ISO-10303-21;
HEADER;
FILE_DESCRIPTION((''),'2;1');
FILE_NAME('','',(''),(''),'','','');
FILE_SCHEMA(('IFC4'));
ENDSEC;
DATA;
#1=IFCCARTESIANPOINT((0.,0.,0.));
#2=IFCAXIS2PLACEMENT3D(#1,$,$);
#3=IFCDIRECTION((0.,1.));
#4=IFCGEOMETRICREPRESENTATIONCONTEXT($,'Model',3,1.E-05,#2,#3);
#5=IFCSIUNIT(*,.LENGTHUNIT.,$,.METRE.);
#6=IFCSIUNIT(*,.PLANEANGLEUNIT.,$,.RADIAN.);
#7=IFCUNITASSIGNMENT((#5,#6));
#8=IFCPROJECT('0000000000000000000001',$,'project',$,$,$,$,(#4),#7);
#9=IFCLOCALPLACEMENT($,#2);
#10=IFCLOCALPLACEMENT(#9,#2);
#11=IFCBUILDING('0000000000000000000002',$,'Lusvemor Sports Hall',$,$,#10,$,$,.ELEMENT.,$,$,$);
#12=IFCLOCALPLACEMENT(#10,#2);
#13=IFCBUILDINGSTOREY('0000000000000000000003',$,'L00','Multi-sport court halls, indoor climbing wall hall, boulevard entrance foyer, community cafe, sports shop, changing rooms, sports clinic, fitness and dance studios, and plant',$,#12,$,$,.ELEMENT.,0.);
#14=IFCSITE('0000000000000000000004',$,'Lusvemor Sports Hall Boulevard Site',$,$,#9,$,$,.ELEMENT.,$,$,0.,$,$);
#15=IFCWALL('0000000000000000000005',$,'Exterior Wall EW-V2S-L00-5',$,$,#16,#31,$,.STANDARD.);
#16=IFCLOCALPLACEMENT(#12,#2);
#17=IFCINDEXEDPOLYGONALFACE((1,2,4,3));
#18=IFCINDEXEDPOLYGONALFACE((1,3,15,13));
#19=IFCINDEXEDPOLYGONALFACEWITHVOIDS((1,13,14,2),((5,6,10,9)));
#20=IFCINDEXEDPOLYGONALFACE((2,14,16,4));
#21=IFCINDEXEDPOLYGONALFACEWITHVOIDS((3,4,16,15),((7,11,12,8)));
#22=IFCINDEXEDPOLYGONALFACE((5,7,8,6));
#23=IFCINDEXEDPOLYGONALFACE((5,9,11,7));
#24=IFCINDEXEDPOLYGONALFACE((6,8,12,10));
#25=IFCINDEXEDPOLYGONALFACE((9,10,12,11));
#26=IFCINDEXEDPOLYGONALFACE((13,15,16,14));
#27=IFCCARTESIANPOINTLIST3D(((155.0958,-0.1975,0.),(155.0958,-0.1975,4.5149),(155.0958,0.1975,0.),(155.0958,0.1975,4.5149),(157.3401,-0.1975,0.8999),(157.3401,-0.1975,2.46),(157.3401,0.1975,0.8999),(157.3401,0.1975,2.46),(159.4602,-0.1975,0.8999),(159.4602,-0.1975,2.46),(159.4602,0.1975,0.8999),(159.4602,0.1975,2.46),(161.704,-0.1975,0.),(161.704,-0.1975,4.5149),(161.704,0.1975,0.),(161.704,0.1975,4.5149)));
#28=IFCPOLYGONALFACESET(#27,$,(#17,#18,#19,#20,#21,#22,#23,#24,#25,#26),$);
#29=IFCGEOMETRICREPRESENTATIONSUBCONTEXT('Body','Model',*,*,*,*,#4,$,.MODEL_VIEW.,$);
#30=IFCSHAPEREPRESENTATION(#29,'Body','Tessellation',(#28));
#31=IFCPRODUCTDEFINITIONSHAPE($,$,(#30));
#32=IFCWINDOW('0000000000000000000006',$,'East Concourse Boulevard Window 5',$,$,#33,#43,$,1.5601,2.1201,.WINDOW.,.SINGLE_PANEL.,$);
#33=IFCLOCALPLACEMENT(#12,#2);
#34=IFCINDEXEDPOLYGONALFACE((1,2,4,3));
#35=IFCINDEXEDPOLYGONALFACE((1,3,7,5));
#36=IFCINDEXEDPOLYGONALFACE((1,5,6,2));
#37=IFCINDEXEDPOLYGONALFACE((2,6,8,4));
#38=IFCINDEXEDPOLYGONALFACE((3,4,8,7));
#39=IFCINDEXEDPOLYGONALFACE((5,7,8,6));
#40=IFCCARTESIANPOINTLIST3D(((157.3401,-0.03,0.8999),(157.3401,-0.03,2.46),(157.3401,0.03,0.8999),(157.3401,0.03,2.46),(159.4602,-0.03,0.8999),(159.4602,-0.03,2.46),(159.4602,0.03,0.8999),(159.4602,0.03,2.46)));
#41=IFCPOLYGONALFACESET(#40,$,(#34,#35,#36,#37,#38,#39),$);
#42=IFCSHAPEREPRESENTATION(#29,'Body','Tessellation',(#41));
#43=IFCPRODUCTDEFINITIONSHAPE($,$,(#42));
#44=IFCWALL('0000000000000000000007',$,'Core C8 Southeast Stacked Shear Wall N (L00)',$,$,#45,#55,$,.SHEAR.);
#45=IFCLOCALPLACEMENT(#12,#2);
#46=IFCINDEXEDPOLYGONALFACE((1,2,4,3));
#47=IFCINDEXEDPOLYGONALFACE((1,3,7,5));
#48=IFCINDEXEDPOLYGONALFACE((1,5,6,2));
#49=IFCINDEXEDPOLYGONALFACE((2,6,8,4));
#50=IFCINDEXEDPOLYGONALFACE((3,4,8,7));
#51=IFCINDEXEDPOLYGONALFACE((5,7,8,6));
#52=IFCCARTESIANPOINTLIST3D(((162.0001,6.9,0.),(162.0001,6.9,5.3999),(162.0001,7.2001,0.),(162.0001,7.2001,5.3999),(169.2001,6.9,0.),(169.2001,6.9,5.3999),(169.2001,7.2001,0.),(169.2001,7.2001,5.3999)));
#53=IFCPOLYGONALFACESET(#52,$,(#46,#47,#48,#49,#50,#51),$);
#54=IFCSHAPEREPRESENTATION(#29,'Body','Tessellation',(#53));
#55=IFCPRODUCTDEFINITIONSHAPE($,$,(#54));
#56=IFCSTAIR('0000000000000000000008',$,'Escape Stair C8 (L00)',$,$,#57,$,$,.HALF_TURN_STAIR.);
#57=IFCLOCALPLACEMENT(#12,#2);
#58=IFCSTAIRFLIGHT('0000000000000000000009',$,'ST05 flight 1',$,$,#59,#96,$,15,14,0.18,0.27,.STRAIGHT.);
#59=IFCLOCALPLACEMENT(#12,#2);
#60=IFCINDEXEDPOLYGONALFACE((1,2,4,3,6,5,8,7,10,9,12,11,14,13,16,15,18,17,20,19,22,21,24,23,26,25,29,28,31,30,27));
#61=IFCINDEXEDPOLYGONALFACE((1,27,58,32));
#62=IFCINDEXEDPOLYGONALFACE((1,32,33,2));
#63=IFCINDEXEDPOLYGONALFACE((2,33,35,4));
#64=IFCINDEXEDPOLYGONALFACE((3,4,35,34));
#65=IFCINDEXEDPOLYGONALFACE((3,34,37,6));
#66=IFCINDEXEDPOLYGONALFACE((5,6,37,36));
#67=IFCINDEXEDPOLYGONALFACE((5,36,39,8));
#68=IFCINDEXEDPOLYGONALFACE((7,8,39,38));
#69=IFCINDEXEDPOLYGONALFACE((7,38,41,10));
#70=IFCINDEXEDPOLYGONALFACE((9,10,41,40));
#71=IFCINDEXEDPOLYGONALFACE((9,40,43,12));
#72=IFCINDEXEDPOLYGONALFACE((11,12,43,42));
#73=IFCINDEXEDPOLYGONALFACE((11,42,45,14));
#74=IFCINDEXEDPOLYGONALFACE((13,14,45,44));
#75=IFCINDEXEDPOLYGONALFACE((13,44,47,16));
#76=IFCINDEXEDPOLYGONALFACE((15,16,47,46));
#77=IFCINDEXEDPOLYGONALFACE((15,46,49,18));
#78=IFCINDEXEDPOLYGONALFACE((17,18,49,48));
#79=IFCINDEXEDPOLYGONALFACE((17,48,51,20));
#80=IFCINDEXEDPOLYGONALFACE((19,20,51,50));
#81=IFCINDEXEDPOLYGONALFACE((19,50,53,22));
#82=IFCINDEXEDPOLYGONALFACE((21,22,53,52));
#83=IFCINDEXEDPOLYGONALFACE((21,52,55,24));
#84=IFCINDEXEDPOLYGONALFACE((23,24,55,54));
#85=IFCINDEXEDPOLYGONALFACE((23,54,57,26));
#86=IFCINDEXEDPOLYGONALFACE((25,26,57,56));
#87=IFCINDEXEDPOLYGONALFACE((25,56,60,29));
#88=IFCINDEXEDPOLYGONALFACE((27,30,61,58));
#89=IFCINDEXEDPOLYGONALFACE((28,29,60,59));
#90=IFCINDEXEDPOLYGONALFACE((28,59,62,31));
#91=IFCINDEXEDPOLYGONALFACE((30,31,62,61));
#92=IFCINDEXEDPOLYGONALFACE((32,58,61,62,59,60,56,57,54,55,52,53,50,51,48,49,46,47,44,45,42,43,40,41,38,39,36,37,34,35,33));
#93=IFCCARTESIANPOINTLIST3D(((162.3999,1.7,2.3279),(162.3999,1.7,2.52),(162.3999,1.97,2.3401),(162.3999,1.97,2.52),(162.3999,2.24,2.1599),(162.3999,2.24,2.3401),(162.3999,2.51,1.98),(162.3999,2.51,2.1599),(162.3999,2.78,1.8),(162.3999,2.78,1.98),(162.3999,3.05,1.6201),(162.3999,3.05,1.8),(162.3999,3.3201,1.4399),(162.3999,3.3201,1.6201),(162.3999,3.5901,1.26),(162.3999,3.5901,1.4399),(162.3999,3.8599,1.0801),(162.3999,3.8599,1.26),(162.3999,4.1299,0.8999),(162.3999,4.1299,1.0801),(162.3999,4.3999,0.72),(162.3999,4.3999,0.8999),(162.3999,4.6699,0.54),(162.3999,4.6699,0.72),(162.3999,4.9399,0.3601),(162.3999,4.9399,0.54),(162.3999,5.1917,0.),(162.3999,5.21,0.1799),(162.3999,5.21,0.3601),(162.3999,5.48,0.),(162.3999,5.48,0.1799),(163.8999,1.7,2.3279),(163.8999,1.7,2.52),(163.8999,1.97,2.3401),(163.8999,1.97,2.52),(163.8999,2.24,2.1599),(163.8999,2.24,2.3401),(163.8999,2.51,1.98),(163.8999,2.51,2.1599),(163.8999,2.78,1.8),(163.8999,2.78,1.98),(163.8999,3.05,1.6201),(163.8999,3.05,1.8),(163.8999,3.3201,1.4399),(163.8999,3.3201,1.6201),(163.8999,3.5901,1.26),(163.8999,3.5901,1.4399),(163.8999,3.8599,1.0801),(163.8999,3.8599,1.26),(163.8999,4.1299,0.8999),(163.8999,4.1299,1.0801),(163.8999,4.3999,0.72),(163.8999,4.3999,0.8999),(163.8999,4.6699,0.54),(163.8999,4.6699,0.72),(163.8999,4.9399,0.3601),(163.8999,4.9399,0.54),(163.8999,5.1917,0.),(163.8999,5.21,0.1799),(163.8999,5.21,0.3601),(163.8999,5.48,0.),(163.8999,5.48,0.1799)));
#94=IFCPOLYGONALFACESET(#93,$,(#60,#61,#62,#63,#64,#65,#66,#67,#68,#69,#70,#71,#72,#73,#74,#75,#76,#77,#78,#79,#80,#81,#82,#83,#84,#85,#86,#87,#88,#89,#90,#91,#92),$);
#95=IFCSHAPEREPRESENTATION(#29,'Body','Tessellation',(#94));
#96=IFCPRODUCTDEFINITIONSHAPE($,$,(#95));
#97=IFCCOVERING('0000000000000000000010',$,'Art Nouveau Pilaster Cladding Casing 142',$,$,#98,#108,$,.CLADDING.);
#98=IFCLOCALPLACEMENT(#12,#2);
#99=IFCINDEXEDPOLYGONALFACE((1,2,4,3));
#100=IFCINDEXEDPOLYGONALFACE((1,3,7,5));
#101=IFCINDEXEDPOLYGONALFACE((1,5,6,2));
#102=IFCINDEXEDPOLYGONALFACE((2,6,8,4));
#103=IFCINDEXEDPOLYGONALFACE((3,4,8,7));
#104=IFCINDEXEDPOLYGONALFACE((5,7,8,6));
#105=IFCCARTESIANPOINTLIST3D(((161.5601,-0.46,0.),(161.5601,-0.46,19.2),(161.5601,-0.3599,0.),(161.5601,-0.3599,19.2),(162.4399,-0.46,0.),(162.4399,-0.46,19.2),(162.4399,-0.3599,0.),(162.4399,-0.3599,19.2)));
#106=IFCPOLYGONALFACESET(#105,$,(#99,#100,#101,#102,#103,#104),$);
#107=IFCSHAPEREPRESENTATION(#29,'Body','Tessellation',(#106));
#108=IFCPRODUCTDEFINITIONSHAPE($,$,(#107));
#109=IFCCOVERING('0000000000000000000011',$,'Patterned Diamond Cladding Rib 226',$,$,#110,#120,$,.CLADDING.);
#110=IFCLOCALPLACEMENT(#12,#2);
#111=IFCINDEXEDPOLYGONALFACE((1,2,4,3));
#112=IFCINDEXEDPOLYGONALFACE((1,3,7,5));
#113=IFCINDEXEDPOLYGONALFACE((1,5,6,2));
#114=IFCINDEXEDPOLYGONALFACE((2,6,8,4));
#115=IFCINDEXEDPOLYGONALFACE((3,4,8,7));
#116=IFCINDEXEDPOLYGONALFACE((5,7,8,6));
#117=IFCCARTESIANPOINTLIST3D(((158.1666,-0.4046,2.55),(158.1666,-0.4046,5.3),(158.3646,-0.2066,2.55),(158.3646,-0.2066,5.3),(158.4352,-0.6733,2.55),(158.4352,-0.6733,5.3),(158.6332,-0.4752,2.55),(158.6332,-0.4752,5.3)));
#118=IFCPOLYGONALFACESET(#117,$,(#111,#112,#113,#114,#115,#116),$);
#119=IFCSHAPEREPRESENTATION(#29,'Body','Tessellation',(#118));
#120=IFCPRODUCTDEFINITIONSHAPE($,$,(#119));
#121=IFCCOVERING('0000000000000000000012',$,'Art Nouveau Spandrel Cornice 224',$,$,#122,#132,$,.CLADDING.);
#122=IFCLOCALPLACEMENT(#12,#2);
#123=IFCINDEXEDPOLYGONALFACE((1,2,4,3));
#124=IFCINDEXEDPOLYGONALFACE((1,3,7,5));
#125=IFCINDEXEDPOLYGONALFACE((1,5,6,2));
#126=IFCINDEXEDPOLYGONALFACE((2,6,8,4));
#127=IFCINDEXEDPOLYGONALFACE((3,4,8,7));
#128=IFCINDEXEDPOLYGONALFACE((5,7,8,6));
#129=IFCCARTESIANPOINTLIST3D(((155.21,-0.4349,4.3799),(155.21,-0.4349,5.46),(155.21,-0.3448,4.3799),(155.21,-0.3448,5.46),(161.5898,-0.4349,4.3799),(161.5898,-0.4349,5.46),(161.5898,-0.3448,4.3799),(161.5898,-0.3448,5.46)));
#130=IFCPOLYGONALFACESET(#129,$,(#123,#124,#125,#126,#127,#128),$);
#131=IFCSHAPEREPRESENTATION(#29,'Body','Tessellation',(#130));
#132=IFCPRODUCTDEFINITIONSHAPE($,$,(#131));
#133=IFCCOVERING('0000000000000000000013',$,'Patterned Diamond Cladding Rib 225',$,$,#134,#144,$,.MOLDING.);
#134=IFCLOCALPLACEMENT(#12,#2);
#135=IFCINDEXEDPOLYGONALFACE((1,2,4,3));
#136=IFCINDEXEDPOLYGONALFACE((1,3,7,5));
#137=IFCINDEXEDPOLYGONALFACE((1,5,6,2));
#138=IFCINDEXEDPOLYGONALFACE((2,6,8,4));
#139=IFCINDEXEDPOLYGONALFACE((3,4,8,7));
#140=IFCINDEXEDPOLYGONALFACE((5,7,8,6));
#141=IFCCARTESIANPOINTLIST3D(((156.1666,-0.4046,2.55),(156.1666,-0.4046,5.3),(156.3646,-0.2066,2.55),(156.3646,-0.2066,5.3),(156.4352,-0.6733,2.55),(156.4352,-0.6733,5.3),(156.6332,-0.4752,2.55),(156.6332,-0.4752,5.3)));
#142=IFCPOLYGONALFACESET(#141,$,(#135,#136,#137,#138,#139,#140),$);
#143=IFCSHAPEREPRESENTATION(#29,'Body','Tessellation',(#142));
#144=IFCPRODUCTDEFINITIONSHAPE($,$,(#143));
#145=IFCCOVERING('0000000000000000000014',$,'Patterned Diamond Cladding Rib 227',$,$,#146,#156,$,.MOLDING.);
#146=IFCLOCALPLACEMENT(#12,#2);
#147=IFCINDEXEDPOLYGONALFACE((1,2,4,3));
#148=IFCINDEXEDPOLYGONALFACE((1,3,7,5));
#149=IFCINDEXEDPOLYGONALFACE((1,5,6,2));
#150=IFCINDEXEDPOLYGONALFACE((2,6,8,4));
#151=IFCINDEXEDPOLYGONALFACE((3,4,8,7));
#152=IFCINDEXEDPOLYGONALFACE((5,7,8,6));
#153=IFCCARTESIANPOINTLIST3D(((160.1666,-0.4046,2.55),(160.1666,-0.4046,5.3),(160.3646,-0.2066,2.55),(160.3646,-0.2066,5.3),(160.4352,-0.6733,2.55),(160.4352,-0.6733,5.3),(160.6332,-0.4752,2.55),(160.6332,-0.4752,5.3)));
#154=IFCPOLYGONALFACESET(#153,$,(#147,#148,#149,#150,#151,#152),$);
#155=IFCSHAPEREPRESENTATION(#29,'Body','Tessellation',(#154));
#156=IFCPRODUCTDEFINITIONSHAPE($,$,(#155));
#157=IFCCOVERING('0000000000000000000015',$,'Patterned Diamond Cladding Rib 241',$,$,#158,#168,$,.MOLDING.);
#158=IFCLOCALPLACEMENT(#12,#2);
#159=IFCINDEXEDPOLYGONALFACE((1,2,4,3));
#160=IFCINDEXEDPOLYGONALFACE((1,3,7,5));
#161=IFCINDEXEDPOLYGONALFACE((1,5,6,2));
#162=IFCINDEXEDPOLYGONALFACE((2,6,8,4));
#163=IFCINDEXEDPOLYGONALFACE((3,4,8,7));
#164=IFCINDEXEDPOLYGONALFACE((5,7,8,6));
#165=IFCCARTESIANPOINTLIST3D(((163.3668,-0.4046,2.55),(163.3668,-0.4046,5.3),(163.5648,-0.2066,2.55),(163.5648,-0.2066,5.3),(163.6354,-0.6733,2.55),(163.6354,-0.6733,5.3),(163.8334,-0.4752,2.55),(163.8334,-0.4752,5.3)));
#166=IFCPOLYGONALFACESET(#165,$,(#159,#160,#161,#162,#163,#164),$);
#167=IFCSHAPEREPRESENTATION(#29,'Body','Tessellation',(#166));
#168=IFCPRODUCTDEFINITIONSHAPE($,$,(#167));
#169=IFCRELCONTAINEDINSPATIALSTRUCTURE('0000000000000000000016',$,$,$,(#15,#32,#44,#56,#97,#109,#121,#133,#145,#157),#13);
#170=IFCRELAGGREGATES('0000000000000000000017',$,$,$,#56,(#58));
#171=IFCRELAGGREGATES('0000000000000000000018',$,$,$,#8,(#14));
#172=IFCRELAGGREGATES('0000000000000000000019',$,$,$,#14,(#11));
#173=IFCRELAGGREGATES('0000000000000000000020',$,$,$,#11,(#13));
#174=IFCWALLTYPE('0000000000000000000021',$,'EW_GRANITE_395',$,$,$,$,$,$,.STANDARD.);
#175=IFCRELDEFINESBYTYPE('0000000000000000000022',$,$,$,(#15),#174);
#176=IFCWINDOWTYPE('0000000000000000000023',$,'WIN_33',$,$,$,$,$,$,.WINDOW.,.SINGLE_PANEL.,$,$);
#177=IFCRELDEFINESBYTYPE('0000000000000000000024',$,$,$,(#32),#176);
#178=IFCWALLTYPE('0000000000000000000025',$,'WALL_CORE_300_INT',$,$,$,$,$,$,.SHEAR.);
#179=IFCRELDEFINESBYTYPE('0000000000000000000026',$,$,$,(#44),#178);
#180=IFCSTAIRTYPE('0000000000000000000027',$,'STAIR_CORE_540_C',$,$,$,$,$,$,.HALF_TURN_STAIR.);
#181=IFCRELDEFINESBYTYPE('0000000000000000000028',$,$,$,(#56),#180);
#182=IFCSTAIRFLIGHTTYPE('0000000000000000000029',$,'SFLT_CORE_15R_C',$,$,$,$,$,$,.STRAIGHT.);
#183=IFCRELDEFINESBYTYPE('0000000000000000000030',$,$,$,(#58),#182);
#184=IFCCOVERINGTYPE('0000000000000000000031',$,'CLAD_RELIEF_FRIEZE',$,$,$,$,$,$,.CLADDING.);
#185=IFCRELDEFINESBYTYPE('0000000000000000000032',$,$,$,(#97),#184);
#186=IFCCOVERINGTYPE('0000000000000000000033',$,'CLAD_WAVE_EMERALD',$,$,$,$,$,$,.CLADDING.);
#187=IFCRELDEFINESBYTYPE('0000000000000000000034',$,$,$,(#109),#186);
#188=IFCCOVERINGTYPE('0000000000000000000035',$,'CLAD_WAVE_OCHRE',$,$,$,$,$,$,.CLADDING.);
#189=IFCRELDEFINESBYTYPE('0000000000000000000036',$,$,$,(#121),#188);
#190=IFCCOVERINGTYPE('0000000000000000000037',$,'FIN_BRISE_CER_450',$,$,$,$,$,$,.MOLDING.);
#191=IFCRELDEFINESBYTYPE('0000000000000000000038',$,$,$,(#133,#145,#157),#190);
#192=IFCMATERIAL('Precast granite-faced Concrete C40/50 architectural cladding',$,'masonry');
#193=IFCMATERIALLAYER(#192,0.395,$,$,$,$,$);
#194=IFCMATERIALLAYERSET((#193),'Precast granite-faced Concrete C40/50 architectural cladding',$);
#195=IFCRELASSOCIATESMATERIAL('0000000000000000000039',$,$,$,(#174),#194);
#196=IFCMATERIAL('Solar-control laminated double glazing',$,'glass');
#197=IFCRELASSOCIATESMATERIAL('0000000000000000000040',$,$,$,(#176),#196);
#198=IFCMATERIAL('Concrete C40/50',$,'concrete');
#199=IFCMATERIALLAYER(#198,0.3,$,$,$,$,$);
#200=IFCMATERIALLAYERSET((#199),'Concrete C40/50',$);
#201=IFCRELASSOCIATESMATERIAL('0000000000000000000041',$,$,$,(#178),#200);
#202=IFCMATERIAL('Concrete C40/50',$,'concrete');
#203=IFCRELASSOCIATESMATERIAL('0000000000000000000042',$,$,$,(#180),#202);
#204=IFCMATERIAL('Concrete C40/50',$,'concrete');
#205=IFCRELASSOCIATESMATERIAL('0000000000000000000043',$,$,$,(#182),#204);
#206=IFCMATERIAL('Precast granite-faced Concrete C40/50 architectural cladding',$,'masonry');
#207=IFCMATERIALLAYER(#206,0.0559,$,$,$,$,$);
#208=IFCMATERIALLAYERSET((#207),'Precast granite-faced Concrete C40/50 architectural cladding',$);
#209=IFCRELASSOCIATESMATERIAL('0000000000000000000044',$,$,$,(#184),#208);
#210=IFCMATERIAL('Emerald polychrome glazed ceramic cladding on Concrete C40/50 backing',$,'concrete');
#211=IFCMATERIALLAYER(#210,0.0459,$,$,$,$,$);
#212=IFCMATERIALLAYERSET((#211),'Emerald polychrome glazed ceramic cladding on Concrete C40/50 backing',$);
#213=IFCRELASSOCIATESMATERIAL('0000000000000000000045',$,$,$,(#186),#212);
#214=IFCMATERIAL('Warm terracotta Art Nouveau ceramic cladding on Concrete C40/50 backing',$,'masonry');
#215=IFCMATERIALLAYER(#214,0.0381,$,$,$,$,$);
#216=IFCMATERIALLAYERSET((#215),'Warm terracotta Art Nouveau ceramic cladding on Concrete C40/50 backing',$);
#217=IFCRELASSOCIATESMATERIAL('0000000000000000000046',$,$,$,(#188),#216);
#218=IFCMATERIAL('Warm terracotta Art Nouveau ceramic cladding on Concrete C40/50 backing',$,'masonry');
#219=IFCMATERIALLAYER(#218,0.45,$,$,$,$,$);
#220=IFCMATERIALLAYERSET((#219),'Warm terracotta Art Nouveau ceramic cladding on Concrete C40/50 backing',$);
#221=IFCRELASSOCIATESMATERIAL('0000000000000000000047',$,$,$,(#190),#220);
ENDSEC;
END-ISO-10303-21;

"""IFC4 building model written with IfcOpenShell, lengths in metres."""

from ifc_helpers import new_model, si_unit, direction, frame, frame_2d, origin, origin_2d, place, context, subcontext, project, spatial, polyline, rectangle, outline, extrude, material, layer, layer_set, type_object, element, fill, aggregate, save


model = new_model("IFC4")

# Units and contexts
model_context = context("Model", 3, precision=1e-05, world=origin(), true_north=direction((0.0, 1.0)))
body_context = subcontext(model_context, "Body", "Model", "MODEL_VIEW")
ifc_project = project(units=[si_unit("LENGTHUNIT", "METRE"), si_unit("PLANEANGLEUNIT", "RADIAN")], contexts=[model_context])

# Site, building, storey
site_placement = place(None, origin())
site = spatial("IfcSite", under=ifc_project, at=site_placement, Name="Lusvemor Sports Hall Boulevard Site", CompositionType="ELEMENT", RefElevation=0.0)
building_placement = place(site_placement, origin())
building = spatial("IfcBuilding", under=site, at=building_placement, Name="Lusvemor Sports Hall", CompositionType="ELEMENT")
storey_placement = place(building_placement, origin())
storey = spatial("IfcBuildingStorey", under=building, at=storey_placement, Name="L00", Description="Multi-sport court halls, indoor climbing wall hall, boulevard entrance foyer, community cafe, sports shop, changing rooms, sports clinic, fitness and dance studios, and plant", CompositionType="ELEMENT", Elevation=0.0)

# Wall, opening, window
ifc_material_1 = material(Name="Precast granite-faced Concrete C40/50 architectural cladding", Category="masonry")
ifc_layer_1 = layer(ifc_material_1, 0.395)
ifc_layer_set_1 = layer_set([ifc_layer_1], Name="Precast granite-faced Concrete C40/50 architectural cladding")
wall_type_1 = type_object("IfcWallType", Name="EW_GRANITE_395", PredefinedType="STANDARD", material=ifc_layer_set_1)
wall_1_placement = place(storey_placement, frame((161.7041, 0.0, 0.0), z_axis=(0.0, 0.0, 1.0), x_axis=(-1.0, 0.0, 0.0)))
wall_1 = element("IfcWall", 1, at=wall_1_placement, inside=storey, type_object=wall_type_1, Name="Exterior Wall EW-V2S-L00-5", PredefinedType="STANDARD", context=body_context, shape_type="SweptSolid", body=[
    extrude(rectangle(XDim=6.6082, YDim=0.395, at=frame_2d((3.3042, 0.0))), origin(), (0.0, 0.0, 1.0), 4.5149),
])
opening_1_placement = place(wall_1_placement, frame((2.2439, 0.0, 0.8999)))
opening_1 = element("IfcOpeningElement", 2, at=opening_1_placement, cuts=wall_1, PredefinedType="OPENING", context=body_context, shape_type="SweptSolid", body=[
    extrude(rectangle(XDim=2.1201, YDim=1.5601, at=frame_2d((1.0601, 0.78))), frame((0.0, 0.1975, 0.0), z_axis=(0.0, -1.0, 0.0), x_axis=(1.0, 0.0, 0.0)), (0.0, 0.0, 1.0), 0.395),
])
ifc_material_2 = material(Name="Solar-control laminated double glazing", Category="glass")
window_type = type_object("IfcWindowType", Name="WIN_33", PartitioningType="SINGLE_PANEL", PredefinedType="WINDOW", material=ifc_material_2)
window_placement = place(opening_1_placement, origin())
window = element("IfcWindow", 3, at=window_placement, inside=storey, type_object=window_type, Name="East Concourse Boulevard Window 5", OverallHeight=1.5601, OverallWidth=2.1201, PartitioningType="SINGLE_PANEL", PredefinedType="WINDOW", context=body_context, shape_type="SweptSolid", body=[
    extrude(rectangle(XDim=2.1201, YDim=1.5601, at=frame_2d((1.0601, 0.78))), frame((0.0, 0.03, 0.0), z_axis=(0.0, -1.0, 0.0), x_axis=(1.0, 0.0, 0.0)), (0.0, 0.0, 1.0), 0.0601),
])
fill(opening_1, window)

# Wall
ifc_material_3 = material(Name="Concrete C40/50", Category="concrete")
ifc_layer_2 = layer(ifc_material_3, 0.3)
ifc_layer_set_2 = layer_set([ifc_layer_2], Name="Concrete C40/50")
wall_type_2 = type_object("IfcWallType", Name="WALL_CORE_300_INT", PredefinedType="SHEAR", material=ifc_layer_set_2)
wall_2_placement = place(storey_placement, frame((162.0, 7.05, 0.0), z_axis=(0.0, 0.0, 1.0), x_axis=(1.0, 0.0, 0.0)))
element("IfcWall", 4, at=wall_2_placement, inside=storey, type_object=wall_type_2, Name="Core C8 Southeast Stacked Shear Wall N (L00)", PredefinedType="SHEAR", context=body_context, shape_type="SweptSolid", body=[
    extrude(rectangle(XDim=7.2, YDim=0.3, at=frame_2d((3.6001, 0.0))), origin(), (0.0, 0.0, 1.0), 5.3999),
])

# Stair, stair flight
ifc_material_4 = material(Name="Concrete C40/50", Category="concrete")
stair_type = type_object("IfcStairType", Name="STAIR_CORE_540_C", PredefinedType="HALF_TURN_STAIR", material=ifc_material_4)
stair_placement = place(storey_placement, origin())
stair = element("IfcStair", 5, at=stair_placement, inside=storey, type_object=stair_type, Name="Escape Stair C8 (L00)", PredefinedType="HALF_TURN_STAIR")
ifc_material_5 = material(Name="Concrete C40/50", Category="concrete")
stair_flight_type = type_object("IfcStairFlightType", Name="SFLT_CORE_15R_C", PredefinedType="STRAIGHT", material=ifc_material_5)
stair_flight_placement = place(storey_placement, frame((163.1499, 5.48, 0.0), z_axis=(0.0, 0.0, 1.0), x_axis=(0.0, -1.0, 0.0)))
stair_flight = element("IfcStairFlight", 6, at=stair_flight_placement, type_object=stair_flight_type, Name="ST05 flight 1", NumberOfRisers=15, NumberOfTreads=14, PredefinedType="STRAIGHT", RiserHeight=0.18, TreadLength=0.27, context=body_context, shape_type="SweptSolid", body=[
    extrude(outline(polyline([(0.0, 0.0), (0.0, 0.1799), (0.27, 0.1799), (0.27, 0.3601), (0.54, 0.3601), (0.54, 0.54), (0.8101, 0.54), (0.8101, 0.72), (1.0801, 0.72), (1.0801, 0.8999), (1.3501, 0.8999), (1.3501, 1.0801), (1.6201, 1.0801), (1.6201, 1.26), (1.8899, 1.26), (1.8899, 1.4399), (2.1599, 1.4399), (2.1599, 1.6201), (2.4299, 1.6201), (2.4299, 1.8), (2.7, 1.8), (2.7, 1.98), (2.97, 1.98), (2.97, 2.1599), (3.24, 2.1599), (3.24, 2.3401), (3.51, 2.3401), (3.51, 2.52), (3.78, 2.52), (3.78, 2.7), (3.78, 2.3279), (0.2883, 0.0), (0.0, 0.0)])), frame((0.0, 0.75, 0.0), z_axis=(0.0, -1.0, 0.0), x_axis=(1.0, 0.0, 0.0)), (0.0, 0.0, 1.0), 1.5),
])
aggregate(stair, [stair_flight])

# Coverings
ifc_material_6 = material(Name="Precast granite-faced Concrete C40/50 architectural cladding", Category="masonry")
ifc_layer_3 = layer(ifc_material_6, 0.0559)
ifc_layer_set_3 = layer_set([ifc_layer_3], Name="Precast granite-faced Concrete C40/50 architectural cladding")
covering_type_1 = type_object("IfcCoveringType", Name="CLAD_RELIEF_FRIEZE", PredefinedType="CLADDING", material=ifc_layer_set_3)
covering_1_placement = place(storey_placement, frame((162.0, -0.4099, 0.0), z_axis=(0.0, 0.0, 1.0), x_axis=(1.0, 0.0, 0.0)))
element("IfcCovering", 7, at=covering_1_placement, inside=storey, type_object=covering_type_1, Name="Art Nouveau Pilaster Cladding Casing 142", PredefinedType="CLADDING", context=body_context, shape_type="SweptSolid", body=[
    extrude(rectangle(XDim=0.8799, YDim=0.1001, at=origin_2d()), origin(), (0.0, 0.0, 1.0), 19.2),
])
ifc_material_7 = material(Name="Emerald polychrome glazed ceramic cladding on Concrete C40/50 backing", Category="concrete")
ifc_layer_4 = layer(ifc_material_7, 0.0459)
ifc_layer_set_4 = layer_set([ifc_layer_4], Name="Emerald polychrome glazed ceramic cladding on Concrete C40/50 backing")
covering_type_2 = type_object("IfcCoveringType", Name="CLAD_WAVE_EMERALD", PredefinedType="CLADDING", material=ifc_layer_set_4)
covering_2_placement = place(storey_placement, frame((158.3999, -0.4399, 2.55), z_axis=(0.0, 0.0, 1.0), x_axis=(0.707107, 0.707107, 0.0)))
element("IfcCovering", 8, at=covering_2_placement, inside=storey, type_object=covering_type_2, Name="Patterned Diamond Cladding Rib 226", PredefinedType="CLADDING", context=body_context, shape_type="SweptSolid", body=[
    extrude(rectangle(XDim=0.28, YDim=0.3799, at=origin_2d()), origin(), (0.0, 0.0, 1.0), 2.75),
])
ifc_material_8 = material(Name="Warm terracotta Art Nouveau ceramic cladding on Concrete C40/50 backing", Category="masonry")
ifc_layer_5 = layer(ifc_material_8, 0.0381)
ifc_layer_set_5 = layer_set([ifc_layer_5], Name="Warm terracotta Art Nouveau ceramic cladding on Concrete C40/50 backing")
covering_type_3 = type_object("IfcCoveringType", Name="CLAD_WAVE_OCHRE", PredefinedType="CLADDING", material=ifc_layer_set_5)
covering_3_placement = place(storey_placement, frame((158.3999, -0.3899, 4.3799), z_axis=(0.0, 0.0, 1.0), x_axis=(1.0, 0.0, 0.0)))
element("IfcCovering", 9, at=covering_3_placement, inside=storey, type_object=covering_type_3, Name="Art Nouveau Spandrel Cornice 224", PredefinedType="CLADDING", context=body_context, shape_type="SweptSolid", body=[
    extrude(rectangle(XDim=6.3799, YDim=0.0901, at=origin_2d()), origin(), (0.0, 0.0, 1.0), 1.0801),
])
ifc_material_9 = material(Name="Warm terracotta Art Nouveau ceramic cladding on Concrete C40/50 backing", Category="masonry")
ifc_layer_6 = layer(ifc_material_9, 0.45)
ifc_layer_set_6 = layer_set([ifc_layer_6], Name="Warm terracotta Art Nouveau ceramic cladding on Concrete C40/50 backing")
covering_type_4 = type_object("IfcCoveringType", Name="FIN_BRISE_CER_450", PredefinedType="MOLDING", material=ifc_layer_set_6)
for number, where, z_axis, x_axis, name in (
    (10, (156.3999, -0.4399, 2.55), (0.0, 0.0, 1.0), (0.707107, 0.707107, 0.0), "Patterned Diamond Cladding Rib 225"),
    (11, (160.3999, -0.4399, 2.55), (0.0, 0.0, 1.0), (0.707107, 0.707107, 0.0), "Patterned Diamond Cladding Rib 227"),
    (12, (163.6001, -0.4399, 2.55), (0.0, 0.0, 1.0), (0.707107, 0.707107, 0.0), "Patterned Diamond Cladding Rib 241"),
):
    element("IfcCovering", number, at=place(storey_placement, frame(where, z_axis=z_axis, x_axis=x_axis)), inside=storey, type_object=covering_type_4, Name=name, PredefinedType="MOLDING", context=body_context, shape_type="SweptSolid", body=[
        extrude(rectangle(XDim=0.28, YDim=0.3799, at=origin_2d()), origin(), (0.0, 0.0, 1.0), 2.75),
    ])

save(model, "model.ifc")
